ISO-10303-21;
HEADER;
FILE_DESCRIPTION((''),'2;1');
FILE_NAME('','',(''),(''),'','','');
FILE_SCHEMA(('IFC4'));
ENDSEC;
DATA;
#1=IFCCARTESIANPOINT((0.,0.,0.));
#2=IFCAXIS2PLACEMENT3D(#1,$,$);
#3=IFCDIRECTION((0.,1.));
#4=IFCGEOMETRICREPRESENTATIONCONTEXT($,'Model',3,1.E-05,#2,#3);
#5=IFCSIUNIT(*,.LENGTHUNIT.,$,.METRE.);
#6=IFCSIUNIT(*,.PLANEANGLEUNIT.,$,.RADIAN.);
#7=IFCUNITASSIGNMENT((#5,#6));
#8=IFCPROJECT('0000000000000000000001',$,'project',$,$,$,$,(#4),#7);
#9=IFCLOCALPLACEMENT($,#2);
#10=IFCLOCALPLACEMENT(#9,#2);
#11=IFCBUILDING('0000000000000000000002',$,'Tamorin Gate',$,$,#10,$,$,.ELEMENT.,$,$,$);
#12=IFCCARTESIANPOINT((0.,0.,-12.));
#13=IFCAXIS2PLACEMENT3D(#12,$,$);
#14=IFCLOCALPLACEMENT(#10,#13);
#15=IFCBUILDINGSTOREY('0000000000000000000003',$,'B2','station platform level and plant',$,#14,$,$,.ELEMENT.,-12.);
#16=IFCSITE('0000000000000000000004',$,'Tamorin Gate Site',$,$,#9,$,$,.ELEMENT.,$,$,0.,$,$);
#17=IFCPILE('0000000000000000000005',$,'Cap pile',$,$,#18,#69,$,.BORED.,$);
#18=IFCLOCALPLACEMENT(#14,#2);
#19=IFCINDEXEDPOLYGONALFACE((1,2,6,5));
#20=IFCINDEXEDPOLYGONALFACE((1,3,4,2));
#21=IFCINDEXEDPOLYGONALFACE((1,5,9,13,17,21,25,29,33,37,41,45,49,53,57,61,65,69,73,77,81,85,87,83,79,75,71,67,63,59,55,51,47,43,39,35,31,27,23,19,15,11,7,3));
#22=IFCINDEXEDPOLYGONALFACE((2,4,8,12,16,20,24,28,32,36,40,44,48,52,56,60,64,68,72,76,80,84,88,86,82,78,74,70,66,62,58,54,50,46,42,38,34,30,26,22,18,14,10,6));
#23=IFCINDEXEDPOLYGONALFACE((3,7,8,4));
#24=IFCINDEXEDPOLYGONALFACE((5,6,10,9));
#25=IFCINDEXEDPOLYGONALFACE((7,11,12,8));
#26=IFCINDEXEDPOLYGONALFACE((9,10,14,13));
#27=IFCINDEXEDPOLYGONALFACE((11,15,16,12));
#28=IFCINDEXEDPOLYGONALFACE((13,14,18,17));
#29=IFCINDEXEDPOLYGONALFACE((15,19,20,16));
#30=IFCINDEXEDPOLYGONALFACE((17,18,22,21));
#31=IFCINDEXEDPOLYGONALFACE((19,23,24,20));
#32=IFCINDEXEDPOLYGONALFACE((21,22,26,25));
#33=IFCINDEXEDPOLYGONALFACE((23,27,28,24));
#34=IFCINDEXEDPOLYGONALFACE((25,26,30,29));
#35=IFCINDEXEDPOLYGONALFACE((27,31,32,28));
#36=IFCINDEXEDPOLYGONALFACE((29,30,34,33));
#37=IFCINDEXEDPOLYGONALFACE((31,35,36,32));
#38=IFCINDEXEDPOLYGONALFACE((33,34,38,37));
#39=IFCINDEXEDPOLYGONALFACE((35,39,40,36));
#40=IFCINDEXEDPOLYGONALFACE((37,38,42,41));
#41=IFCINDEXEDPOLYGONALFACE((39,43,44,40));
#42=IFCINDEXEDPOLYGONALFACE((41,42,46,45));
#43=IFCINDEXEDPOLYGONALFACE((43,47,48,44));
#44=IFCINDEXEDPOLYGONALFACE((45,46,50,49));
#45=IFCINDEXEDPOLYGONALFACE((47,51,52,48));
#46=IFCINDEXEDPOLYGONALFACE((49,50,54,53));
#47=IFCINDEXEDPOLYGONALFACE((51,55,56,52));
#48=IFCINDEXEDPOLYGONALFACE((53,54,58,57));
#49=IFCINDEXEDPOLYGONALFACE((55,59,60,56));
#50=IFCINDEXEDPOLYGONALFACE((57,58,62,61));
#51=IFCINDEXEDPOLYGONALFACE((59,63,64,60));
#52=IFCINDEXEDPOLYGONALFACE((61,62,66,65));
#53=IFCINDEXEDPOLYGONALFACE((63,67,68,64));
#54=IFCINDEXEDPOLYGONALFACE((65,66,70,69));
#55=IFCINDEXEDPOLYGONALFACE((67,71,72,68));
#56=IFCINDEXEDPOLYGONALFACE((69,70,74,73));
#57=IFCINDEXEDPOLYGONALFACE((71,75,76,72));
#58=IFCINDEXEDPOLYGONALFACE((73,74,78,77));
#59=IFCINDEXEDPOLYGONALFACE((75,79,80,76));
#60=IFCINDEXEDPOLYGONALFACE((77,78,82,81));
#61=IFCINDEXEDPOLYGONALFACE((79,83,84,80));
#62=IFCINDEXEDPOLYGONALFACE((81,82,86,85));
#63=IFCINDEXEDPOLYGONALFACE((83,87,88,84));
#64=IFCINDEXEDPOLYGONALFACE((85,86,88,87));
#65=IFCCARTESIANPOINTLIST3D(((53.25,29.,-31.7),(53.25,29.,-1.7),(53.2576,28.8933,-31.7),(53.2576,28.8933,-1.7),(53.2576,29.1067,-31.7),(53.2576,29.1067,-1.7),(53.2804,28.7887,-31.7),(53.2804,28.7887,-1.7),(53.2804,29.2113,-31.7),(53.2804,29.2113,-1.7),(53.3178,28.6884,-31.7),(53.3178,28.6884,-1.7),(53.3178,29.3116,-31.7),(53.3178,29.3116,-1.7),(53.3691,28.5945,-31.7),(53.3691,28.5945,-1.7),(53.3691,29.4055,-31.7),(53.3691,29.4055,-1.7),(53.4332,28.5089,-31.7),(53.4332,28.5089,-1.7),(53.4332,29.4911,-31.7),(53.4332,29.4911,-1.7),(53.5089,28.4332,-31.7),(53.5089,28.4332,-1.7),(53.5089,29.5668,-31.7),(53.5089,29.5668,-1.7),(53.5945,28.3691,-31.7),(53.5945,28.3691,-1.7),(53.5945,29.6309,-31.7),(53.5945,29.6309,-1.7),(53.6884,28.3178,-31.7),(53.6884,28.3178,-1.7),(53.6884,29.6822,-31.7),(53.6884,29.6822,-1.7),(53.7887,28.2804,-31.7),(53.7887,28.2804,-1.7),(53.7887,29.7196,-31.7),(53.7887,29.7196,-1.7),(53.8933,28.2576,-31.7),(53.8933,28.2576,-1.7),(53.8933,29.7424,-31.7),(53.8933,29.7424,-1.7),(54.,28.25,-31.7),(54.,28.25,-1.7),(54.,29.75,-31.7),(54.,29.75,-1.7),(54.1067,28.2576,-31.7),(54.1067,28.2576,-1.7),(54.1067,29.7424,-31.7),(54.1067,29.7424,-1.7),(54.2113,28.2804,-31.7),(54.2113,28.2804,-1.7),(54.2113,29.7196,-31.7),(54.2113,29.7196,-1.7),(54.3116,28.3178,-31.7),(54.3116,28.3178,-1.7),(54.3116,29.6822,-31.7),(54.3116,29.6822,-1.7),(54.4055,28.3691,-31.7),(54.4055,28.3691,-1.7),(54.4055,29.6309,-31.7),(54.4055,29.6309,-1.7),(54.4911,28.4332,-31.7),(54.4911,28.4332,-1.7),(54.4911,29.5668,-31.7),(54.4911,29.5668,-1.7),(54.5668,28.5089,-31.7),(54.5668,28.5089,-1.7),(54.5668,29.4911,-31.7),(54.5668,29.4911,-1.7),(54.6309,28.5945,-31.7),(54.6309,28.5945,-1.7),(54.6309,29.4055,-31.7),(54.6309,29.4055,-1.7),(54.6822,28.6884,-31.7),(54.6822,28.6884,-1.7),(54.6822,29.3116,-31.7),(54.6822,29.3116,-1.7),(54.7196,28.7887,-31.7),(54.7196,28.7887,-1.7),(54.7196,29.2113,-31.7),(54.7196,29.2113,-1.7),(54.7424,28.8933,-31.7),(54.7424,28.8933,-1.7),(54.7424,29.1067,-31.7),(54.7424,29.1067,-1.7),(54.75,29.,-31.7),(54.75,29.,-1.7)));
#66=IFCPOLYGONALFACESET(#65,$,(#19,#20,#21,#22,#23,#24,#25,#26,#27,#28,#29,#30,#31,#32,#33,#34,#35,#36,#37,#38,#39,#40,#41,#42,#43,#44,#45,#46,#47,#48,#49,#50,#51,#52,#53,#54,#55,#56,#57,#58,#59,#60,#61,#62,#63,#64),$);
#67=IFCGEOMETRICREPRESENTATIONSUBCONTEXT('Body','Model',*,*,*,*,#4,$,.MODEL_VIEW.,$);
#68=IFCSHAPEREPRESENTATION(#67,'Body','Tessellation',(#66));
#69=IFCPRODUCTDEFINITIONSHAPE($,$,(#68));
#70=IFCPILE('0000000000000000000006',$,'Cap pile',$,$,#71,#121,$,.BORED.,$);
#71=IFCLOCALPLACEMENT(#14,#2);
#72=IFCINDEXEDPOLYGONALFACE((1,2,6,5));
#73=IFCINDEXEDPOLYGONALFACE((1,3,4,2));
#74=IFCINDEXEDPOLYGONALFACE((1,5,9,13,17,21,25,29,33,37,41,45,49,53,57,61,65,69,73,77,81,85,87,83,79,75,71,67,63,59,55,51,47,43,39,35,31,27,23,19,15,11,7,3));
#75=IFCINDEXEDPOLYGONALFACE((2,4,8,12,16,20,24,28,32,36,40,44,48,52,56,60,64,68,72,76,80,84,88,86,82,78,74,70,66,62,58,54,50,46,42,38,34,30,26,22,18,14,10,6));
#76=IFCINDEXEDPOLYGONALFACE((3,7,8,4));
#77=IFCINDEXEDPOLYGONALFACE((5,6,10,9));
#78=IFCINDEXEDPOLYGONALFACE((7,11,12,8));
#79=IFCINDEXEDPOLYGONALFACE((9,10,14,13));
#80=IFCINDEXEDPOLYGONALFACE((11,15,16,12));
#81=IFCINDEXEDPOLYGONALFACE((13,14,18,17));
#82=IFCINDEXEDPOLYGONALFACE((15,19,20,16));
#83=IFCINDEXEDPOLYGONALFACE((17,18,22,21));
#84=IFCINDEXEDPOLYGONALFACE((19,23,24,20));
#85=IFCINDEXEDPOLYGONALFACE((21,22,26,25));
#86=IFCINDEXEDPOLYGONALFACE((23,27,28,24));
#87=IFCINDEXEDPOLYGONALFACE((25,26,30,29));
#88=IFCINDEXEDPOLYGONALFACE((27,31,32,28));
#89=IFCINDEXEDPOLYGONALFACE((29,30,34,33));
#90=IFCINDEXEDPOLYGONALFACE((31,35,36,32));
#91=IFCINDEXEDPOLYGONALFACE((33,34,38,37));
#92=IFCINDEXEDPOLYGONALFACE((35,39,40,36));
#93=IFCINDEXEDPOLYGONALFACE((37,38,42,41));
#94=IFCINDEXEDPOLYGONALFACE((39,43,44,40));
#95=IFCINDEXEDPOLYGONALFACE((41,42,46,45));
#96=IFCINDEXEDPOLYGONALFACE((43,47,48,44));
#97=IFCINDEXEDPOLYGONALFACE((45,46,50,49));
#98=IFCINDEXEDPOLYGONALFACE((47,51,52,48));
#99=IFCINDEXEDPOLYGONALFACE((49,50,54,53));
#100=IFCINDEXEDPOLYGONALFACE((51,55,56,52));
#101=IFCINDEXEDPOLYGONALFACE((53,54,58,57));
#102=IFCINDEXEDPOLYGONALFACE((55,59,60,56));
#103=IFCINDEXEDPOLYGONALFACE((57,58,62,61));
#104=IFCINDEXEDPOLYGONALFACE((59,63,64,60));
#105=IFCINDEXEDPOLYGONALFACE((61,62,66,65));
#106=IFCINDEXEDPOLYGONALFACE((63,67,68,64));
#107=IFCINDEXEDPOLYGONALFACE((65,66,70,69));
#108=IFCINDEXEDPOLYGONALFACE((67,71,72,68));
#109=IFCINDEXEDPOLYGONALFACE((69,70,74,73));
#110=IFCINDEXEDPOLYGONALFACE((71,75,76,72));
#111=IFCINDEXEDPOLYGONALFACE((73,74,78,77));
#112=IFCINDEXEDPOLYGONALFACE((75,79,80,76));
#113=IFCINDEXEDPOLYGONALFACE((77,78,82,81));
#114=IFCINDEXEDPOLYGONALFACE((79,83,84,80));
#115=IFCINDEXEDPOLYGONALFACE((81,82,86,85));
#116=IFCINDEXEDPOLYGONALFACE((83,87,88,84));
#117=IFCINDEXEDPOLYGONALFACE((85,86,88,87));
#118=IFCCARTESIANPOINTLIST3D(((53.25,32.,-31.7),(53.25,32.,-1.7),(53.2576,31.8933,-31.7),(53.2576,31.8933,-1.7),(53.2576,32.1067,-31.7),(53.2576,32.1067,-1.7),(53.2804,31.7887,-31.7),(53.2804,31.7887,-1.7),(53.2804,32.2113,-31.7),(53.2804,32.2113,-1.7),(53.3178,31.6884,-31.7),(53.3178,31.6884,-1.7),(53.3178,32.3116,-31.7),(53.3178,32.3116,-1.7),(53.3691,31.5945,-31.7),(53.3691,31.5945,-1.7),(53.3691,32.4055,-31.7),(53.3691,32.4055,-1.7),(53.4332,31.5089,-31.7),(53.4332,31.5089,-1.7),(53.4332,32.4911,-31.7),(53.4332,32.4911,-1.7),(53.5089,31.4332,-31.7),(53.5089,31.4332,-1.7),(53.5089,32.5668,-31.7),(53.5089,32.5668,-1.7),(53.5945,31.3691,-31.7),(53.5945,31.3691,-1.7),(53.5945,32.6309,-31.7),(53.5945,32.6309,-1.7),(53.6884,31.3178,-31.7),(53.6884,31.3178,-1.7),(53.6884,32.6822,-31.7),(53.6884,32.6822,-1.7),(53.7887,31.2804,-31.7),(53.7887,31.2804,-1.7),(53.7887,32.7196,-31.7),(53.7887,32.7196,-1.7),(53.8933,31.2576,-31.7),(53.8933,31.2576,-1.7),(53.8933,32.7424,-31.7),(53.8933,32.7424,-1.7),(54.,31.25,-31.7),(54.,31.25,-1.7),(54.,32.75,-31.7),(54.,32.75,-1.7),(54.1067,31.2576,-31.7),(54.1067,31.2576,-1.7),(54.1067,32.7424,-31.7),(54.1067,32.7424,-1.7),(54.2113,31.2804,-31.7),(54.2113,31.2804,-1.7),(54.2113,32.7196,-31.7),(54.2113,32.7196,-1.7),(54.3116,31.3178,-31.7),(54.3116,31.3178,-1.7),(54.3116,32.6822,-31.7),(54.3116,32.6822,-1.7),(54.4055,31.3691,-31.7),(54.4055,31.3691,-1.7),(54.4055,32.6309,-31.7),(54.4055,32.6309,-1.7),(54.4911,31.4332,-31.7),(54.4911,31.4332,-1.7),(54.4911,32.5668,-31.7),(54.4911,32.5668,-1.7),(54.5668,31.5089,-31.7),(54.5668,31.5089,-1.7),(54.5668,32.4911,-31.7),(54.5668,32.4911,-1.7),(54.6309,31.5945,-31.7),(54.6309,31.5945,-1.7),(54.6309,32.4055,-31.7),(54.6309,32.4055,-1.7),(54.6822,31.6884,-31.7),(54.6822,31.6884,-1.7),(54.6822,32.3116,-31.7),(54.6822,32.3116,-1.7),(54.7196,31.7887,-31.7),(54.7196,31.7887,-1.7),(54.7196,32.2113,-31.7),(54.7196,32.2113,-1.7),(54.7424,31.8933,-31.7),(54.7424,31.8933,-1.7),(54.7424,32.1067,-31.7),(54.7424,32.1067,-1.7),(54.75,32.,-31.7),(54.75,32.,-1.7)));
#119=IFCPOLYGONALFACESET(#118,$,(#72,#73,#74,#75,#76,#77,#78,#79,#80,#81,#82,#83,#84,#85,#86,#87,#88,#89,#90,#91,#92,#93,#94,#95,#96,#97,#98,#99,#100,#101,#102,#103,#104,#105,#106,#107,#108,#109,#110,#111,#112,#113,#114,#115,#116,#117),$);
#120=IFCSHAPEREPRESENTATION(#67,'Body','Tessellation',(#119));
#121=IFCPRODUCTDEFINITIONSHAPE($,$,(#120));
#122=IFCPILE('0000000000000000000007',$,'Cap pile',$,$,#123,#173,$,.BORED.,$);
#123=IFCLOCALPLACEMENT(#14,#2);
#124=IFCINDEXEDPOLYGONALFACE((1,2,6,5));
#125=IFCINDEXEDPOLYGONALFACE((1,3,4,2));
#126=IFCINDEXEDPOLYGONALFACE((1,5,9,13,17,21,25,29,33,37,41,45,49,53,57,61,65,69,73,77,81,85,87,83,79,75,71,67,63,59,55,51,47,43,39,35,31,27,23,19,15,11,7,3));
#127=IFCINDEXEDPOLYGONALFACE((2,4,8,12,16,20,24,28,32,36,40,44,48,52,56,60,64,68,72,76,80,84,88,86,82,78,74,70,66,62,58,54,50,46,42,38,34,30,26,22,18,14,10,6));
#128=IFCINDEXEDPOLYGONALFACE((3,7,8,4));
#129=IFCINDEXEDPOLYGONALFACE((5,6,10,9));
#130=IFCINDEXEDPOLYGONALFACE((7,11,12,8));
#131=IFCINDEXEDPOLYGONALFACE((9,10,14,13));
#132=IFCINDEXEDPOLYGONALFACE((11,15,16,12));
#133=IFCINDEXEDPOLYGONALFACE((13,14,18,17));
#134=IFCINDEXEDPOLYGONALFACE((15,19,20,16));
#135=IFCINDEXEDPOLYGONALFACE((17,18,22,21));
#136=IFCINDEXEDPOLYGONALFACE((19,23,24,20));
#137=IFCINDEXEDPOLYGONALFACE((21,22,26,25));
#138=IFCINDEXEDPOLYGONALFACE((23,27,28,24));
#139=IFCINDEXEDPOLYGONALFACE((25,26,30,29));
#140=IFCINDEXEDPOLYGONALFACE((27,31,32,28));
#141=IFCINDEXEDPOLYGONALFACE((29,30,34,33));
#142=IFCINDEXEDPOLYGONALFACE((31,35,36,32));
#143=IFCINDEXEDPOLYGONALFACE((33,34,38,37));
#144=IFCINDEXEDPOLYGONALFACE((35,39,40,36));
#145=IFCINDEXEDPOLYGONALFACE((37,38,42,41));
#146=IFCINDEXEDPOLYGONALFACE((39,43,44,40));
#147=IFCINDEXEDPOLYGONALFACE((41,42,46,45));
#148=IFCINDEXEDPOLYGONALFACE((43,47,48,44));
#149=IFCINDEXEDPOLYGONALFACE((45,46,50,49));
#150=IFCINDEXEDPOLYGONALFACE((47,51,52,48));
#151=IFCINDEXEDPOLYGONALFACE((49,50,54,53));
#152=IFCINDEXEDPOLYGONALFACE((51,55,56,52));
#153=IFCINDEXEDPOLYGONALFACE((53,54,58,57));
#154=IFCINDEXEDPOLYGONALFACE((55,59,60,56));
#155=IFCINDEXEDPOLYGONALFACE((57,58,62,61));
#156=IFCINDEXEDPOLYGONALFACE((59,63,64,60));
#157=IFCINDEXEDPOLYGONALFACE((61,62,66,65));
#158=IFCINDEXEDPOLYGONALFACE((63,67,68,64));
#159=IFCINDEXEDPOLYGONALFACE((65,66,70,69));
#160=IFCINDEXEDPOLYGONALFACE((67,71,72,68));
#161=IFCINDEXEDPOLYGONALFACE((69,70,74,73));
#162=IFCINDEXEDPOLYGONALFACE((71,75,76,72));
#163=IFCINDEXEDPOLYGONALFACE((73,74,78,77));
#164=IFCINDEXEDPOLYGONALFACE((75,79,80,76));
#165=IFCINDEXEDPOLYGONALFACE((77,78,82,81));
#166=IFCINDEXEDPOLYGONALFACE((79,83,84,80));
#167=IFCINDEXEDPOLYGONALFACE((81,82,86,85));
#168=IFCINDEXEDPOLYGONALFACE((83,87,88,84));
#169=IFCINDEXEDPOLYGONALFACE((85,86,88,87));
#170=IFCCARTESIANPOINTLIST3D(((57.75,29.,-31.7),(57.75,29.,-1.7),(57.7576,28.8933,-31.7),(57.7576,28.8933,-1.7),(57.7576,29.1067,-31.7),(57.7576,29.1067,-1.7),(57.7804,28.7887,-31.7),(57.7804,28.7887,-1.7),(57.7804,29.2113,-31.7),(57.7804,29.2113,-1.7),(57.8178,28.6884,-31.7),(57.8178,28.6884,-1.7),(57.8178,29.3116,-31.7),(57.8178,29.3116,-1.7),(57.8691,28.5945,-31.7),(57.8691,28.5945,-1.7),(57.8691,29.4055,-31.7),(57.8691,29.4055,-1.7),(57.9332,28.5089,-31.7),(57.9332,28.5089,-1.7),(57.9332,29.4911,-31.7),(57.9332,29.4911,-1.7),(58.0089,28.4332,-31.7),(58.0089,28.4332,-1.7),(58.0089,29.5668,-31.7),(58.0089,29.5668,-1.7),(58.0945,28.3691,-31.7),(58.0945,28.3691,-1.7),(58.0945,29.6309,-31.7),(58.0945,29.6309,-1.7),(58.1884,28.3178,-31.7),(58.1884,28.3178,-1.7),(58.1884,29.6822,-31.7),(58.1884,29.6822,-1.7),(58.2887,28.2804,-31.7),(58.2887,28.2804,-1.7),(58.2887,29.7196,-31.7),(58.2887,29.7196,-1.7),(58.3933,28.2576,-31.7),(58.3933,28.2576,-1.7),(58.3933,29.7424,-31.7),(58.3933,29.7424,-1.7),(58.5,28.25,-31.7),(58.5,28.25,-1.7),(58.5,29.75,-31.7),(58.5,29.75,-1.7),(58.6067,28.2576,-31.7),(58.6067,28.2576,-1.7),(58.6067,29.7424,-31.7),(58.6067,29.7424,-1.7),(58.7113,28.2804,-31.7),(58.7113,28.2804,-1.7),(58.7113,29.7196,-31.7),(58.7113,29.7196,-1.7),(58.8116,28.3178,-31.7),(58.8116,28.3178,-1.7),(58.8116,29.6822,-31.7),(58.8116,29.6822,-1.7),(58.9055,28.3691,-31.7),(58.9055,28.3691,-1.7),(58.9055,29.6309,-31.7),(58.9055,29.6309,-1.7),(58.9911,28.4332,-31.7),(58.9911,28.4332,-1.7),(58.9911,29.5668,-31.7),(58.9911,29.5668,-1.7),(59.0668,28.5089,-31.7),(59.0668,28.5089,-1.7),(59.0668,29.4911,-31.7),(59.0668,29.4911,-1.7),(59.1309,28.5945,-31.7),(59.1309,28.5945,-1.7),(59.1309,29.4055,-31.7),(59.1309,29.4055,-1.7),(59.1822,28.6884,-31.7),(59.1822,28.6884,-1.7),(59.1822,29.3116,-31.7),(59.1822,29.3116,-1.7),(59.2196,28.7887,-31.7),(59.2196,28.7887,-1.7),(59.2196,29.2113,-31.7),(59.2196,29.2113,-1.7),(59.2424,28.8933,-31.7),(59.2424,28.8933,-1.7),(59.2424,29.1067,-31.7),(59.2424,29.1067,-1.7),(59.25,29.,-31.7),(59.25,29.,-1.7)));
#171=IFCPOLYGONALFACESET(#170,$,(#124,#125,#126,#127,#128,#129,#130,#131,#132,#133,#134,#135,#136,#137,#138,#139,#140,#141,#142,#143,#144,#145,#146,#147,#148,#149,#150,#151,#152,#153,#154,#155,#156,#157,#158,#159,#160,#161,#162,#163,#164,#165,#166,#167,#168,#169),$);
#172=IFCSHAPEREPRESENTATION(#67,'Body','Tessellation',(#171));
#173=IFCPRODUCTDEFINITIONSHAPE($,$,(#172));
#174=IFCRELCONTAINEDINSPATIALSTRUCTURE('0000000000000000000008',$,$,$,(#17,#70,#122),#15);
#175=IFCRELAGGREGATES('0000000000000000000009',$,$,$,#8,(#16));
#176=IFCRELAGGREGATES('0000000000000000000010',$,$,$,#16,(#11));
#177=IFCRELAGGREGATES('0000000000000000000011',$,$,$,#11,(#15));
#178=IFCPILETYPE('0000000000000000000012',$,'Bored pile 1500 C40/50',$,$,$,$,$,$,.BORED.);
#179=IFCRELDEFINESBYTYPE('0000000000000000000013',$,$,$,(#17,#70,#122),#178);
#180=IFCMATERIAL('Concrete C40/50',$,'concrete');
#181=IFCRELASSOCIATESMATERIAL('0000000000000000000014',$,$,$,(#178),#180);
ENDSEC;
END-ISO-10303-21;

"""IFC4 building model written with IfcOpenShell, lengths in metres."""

from ifc_helpers import new_model, si_unit, direction, frame, origin, origin_2d, place, context, subcontext, project, spatial, circle, extrude, material, material_profile, profile_set, type_object, element, save


model = new_model("IFC4")

# Units and contexts
model_context = context("Model", 3, precision=1e-05, world=origin(), true_north=direction((0.0, 1.0)))
body_context = subcontext(model_context, "Body", "Model", "MODEL_VIEW")
ifc_project = project(units=[si_unit("LENGTHUNIT", "METRE"), si_unit("PLANEANGLEUNIT", "RADIAN")], contexts=[model_context])

# Site, building, storey
site_placement = place(None, origin())
site = spatial("IfcSite", under=ifc_project, at=site_placement, Name="Tamorin Gate Site", CompositionType="ELEMENT", RefElevation=0.0)
building_placement = place(site_placement, origin())
building = spatial("IfcBuilding", under=site, at=building_placement, Name="Tamorin Gate", CompositionType="ELEMENT")
storey_placement = place(building_placement, frame((0.0, 0.0, -12.0)))
storey = spatial("IfcBuildingStorey", under=building, at=storey_placement, Name="B2", Description="station platform level and plant", CompositionType="ELEMENT", Elevation=-12.0)

# Piles
ifc_material_1 = material(Name="Concrete C40/50", Category="concrete")
ifc_material_profile_1 = material_profile(ifc_material_1, circle(Radius=0.75, at=origin_2d()))
ifc_profile_set_1 = profile_set([ifc_material_profile_1], Name="Concrete C40/50")
pile_type = type_object("IfcPileType", Name="Bored pile 1500 C40/50", PredefinedType="BORED", material=ifc_profile_set_1)
for number, where, z_axis, x_axis, name in (
    (1, (54.0, 29.0, -1.7), (0.0, 0.0, -1.0), (1.0, 0.0, 0.0), "Cap pile"),
    (2, (54.0, 32.0, -1.7), (0.0, 0.0, -1.0), (1.0, 0.0, 0.0), "Cap pile"),
    (3, (58.5, 29.0, -1.7), (0.0, 0.0, -1.0), (1.0, 0.0, 0.0), "Cap pile"),
):
    element("IfcPile", number, at=place(storey_placement, frame(where, z_axis=z_axis, x_axis=x_axis)), inside=storey, type_object=pile_type, Name=name, PredefinedType="BORED", context=body_context, shape_type="SweptSolid", body=[
        extrude(circle(Radius=0.75, at=origin_2d()), origin(), (0.0, 0.0, 1.0), 30.0),
    ])

save(model, "model.ifc")
